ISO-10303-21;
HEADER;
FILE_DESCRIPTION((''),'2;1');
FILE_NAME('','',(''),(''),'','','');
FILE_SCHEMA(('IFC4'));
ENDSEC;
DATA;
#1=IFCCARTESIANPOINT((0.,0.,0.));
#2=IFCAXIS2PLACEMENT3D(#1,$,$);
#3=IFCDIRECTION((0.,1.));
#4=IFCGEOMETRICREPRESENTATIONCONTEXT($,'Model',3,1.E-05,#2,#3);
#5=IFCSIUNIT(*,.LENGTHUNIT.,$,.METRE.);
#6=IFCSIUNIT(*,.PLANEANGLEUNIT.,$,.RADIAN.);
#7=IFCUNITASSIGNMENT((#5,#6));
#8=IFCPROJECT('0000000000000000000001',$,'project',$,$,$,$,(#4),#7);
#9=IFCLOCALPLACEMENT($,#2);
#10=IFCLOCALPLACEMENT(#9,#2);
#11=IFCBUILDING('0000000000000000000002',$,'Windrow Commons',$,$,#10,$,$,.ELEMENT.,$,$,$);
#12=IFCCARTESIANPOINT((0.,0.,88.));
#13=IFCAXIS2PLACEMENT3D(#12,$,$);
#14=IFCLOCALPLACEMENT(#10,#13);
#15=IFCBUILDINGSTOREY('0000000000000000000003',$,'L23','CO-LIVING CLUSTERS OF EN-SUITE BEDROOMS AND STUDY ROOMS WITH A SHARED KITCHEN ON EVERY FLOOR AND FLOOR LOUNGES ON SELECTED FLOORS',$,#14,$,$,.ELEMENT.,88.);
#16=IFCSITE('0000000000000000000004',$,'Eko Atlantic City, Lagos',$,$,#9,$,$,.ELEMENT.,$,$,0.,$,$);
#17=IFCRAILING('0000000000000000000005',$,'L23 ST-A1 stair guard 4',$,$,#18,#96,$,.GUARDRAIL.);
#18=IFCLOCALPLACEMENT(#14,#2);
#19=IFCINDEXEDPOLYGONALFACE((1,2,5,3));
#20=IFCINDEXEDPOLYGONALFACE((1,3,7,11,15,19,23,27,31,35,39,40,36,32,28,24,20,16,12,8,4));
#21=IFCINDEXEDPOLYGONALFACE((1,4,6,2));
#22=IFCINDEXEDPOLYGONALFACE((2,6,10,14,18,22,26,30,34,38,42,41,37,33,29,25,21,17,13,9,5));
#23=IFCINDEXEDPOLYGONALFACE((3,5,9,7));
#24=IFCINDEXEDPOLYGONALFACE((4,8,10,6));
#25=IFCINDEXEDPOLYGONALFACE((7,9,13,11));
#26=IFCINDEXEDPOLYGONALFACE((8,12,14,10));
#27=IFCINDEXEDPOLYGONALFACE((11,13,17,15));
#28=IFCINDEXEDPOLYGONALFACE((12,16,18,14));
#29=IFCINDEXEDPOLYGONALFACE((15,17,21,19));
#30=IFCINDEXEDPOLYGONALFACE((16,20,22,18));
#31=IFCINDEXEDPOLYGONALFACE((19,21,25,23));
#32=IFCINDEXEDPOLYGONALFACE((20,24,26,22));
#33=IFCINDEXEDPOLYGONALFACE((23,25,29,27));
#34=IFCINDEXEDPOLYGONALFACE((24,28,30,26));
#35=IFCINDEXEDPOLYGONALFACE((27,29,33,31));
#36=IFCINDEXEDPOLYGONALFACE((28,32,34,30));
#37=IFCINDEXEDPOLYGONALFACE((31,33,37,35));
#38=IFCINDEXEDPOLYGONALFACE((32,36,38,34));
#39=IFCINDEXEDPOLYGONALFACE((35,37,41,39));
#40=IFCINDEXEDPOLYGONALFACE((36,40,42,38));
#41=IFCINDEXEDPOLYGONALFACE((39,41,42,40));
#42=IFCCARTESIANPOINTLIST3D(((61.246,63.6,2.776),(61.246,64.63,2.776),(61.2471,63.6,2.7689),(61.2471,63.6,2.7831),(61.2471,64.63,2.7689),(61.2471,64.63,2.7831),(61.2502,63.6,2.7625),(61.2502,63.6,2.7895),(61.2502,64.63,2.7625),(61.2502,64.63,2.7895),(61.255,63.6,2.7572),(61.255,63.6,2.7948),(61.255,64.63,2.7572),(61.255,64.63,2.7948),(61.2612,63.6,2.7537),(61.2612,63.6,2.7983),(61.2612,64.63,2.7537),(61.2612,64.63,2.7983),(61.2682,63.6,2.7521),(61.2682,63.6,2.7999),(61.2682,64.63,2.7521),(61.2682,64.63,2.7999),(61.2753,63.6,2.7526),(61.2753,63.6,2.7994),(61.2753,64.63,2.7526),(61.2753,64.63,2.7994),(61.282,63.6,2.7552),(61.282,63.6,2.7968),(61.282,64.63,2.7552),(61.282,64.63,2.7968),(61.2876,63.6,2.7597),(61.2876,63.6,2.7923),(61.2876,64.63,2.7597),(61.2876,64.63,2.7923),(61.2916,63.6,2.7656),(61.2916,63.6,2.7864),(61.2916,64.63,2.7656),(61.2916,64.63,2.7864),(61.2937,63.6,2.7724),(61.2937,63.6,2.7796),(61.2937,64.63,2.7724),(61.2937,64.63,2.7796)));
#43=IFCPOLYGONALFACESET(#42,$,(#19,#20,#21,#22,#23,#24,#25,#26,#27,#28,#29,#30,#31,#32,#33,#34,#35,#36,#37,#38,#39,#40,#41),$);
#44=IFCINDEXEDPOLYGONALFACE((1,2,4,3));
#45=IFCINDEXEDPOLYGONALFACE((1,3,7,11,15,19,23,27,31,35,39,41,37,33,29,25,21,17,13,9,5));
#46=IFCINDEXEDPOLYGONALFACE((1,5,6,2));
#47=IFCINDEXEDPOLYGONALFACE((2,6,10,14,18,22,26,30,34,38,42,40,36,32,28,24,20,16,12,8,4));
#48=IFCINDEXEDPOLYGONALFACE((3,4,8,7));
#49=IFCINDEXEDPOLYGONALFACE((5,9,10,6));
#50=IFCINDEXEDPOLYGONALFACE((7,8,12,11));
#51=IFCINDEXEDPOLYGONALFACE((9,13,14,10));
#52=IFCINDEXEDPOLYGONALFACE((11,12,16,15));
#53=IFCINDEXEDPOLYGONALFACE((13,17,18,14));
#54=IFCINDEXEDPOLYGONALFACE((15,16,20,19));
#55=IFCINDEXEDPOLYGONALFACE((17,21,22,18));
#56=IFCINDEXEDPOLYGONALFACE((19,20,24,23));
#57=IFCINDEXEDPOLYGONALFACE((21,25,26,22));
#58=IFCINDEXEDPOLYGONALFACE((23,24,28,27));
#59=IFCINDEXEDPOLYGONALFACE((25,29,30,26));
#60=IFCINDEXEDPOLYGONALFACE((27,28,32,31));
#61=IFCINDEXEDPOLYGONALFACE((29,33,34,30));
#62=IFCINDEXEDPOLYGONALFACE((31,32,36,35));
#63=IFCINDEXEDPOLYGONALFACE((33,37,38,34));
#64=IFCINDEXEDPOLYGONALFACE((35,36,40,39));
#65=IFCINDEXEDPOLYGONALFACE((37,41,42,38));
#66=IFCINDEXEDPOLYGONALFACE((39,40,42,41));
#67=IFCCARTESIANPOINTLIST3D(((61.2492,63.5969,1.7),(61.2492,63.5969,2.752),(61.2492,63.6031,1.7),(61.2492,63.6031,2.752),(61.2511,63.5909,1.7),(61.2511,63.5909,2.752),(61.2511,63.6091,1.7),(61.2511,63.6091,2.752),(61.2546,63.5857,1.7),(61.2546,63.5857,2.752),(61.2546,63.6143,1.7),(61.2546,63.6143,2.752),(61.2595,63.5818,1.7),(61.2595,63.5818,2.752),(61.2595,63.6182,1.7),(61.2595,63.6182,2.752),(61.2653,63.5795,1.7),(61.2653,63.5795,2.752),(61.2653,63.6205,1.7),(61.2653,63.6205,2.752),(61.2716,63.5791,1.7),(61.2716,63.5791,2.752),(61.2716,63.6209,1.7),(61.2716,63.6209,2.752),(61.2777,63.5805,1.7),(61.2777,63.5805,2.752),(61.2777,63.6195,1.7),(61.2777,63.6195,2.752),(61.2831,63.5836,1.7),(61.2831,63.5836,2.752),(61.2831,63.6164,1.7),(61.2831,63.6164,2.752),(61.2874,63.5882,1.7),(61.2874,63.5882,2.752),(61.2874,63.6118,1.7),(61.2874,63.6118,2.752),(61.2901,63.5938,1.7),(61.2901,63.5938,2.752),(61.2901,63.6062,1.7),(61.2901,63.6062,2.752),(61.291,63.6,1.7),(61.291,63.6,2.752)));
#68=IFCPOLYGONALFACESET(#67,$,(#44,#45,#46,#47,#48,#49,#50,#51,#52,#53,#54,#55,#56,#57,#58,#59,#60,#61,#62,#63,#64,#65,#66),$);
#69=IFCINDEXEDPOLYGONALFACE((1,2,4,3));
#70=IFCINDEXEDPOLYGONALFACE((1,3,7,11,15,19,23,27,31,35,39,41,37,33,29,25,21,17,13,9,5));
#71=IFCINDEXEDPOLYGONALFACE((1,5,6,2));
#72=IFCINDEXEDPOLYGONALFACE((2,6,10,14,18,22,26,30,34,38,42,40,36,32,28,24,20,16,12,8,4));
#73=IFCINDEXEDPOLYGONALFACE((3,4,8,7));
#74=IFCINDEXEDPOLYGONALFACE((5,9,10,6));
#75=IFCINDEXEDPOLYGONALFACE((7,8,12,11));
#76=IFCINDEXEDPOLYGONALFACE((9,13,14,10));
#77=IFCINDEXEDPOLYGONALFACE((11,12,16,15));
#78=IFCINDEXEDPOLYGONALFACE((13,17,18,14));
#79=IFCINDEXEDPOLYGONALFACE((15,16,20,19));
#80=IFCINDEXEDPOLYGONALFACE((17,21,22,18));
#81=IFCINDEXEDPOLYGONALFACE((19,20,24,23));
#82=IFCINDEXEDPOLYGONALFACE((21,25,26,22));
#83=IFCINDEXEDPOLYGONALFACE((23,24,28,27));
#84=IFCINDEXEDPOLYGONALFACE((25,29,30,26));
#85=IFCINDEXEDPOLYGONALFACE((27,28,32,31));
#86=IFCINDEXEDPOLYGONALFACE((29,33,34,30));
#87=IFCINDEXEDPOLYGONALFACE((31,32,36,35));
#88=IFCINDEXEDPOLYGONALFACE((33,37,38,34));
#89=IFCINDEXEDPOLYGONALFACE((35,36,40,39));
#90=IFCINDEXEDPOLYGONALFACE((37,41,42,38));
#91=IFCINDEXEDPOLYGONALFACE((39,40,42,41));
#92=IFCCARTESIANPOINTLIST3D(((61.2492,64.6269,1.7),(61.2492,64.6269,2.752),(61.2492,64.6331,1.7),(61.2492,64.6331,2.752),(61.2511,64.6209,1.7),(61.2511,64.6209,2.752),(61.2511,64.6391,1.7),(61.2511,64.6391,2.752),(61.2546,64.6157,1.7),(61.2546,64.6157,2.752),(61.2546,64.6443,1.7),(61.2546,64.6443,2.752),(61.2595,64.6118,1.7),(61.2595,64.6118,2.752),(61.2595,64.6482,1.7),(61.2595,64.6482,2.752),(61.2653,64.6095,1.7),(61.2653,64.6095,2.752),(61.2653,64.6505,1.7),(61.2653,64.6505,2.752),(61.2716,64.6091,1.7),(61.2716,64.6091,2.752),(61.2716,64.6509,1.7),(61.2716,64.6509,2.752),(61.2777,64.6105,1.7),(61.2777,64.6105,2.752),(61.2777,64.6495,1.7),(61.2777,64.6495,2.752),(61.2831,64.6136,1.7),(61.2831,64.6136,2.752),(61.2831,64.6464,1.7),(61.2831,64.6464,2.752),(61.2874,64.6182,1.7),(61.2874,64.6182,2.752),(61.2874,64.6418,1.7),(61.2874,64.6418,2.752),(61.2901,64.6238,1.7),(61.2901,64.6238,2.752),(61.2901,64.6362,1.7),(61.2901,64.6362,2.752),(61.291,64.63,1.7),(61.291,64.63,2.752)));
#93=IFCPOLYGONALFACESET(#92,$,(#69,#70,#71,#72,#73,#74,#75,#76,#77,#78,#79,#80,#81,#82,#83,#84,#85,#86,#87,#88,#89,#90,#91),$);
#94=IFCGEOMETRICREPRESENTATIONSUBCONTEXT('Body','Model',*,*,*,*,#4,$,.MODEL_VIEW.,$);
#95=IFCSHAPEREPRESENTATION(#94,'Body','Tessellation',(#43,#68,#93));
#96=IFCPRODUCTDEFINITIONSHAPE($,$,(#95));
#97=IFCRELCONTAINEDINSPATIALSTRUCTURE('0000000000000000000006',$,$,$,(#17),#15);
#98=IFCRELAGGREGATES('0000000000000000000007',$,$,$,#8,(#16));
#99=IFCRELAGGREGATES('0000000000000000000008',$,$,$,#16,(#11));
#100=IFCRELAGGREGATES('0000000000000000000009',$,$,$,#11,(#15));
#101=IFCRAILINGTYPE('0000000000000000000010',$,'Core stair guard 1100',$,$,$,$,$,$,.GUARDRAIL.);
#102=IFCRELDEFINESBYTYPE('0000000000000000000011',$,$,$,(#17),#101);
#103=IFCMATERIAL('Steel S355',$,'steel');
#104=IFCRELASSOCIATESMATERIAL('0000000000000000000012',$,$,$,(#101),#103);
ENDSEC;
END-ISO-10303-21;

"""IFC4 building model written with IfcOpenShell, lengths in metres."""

from ifc_helpers import new_model, si_unit, direction, frame, origin, origin_2d, place, context, subcontext, project, spatial, circle, extrude, material, type_object, element, save


model = new_model("IFC4")

# Units and contexts
model_context = context("Model", 3, precision=1e-05, world=origin(), true_north=direction((0.0, 1.0)))
body_context = subcontext(model_context, "Body", "Model", "MODEL_VIEW")
ifc_project = project(units=[si_unit("LENGTHUNIT", "METRE"), si_unit("PLANEANGLEUNIT", "RADIAN")], contexts=[model_context])

# Site, building, storey
site_placement = place(None, origin())
site = spatial("IfcSite", under=ifc_project, at=site_placement, Name="Eko Atlantic City, Lagos", CompositionType="ELEMENT", RefElevation=0.0)
building_placement = place(site_placement, origin())
building = spatial("IfcBuilding", under=site, at=building_placement, Name="Windrow Commons", CompositionType="ELEMENT")
storey_placement = place(building_placement, frame((0.0, 0.0, 88.0)))
storey = spatial("IfcBuildingStorey", under=building, at=storey_placement, Name="L23", Description="CO-LIVING CLUSTERS OF EN-SUITE BEDROOMS AND STUDY ROOMS WITH A SHARED KITCHEN ON EVERY FLOOR AND FLOOR LOUNGES ON SELECTED FLOORS", CompositionType="ELEMENT", Elevation=88.0)

# Railing
ifc_material_1 = material(Name="Steel S355", Category="steel")
railing_type_1 = type_object("IfcRailingType", Name="Core stair guard 1100", PredefinedType="GUARDRAIL", material=ifc_material_1)
railing_1_placement = place(storey_placement, frame((61.27, 63.6, 1.7)))
element("IfcRailing", 1, at=railing_1_placement, inside=storey, type_object=railing_type_1, Name="L23 ST-A1 stair guard 4", PredefinedType="GUARDRAIL", context=body_context, shape_type="SweptSolid", body=[
    extrude(circle(Radius=0.024, at=origin_2d()), frame((0.0, 0.0, 1.076), z_axis=(0.0, 1.0, 0.0), x_axis=(-1.0, 0.0, 0.0)), (0.0, 0.0, 1.0), 1.03),
    extrude(circle(Radius=0.021, at=origin_2d()), origin(), (0.0, 0.0, 1.0), 1.052),
    extrude(circle(Radius=0.021, at=origin_2d()), frame((0.0, 1.03, 0.0)), (0.0, 0.0, 1.0), 1.052),
])

save(model, "model.ifc")
